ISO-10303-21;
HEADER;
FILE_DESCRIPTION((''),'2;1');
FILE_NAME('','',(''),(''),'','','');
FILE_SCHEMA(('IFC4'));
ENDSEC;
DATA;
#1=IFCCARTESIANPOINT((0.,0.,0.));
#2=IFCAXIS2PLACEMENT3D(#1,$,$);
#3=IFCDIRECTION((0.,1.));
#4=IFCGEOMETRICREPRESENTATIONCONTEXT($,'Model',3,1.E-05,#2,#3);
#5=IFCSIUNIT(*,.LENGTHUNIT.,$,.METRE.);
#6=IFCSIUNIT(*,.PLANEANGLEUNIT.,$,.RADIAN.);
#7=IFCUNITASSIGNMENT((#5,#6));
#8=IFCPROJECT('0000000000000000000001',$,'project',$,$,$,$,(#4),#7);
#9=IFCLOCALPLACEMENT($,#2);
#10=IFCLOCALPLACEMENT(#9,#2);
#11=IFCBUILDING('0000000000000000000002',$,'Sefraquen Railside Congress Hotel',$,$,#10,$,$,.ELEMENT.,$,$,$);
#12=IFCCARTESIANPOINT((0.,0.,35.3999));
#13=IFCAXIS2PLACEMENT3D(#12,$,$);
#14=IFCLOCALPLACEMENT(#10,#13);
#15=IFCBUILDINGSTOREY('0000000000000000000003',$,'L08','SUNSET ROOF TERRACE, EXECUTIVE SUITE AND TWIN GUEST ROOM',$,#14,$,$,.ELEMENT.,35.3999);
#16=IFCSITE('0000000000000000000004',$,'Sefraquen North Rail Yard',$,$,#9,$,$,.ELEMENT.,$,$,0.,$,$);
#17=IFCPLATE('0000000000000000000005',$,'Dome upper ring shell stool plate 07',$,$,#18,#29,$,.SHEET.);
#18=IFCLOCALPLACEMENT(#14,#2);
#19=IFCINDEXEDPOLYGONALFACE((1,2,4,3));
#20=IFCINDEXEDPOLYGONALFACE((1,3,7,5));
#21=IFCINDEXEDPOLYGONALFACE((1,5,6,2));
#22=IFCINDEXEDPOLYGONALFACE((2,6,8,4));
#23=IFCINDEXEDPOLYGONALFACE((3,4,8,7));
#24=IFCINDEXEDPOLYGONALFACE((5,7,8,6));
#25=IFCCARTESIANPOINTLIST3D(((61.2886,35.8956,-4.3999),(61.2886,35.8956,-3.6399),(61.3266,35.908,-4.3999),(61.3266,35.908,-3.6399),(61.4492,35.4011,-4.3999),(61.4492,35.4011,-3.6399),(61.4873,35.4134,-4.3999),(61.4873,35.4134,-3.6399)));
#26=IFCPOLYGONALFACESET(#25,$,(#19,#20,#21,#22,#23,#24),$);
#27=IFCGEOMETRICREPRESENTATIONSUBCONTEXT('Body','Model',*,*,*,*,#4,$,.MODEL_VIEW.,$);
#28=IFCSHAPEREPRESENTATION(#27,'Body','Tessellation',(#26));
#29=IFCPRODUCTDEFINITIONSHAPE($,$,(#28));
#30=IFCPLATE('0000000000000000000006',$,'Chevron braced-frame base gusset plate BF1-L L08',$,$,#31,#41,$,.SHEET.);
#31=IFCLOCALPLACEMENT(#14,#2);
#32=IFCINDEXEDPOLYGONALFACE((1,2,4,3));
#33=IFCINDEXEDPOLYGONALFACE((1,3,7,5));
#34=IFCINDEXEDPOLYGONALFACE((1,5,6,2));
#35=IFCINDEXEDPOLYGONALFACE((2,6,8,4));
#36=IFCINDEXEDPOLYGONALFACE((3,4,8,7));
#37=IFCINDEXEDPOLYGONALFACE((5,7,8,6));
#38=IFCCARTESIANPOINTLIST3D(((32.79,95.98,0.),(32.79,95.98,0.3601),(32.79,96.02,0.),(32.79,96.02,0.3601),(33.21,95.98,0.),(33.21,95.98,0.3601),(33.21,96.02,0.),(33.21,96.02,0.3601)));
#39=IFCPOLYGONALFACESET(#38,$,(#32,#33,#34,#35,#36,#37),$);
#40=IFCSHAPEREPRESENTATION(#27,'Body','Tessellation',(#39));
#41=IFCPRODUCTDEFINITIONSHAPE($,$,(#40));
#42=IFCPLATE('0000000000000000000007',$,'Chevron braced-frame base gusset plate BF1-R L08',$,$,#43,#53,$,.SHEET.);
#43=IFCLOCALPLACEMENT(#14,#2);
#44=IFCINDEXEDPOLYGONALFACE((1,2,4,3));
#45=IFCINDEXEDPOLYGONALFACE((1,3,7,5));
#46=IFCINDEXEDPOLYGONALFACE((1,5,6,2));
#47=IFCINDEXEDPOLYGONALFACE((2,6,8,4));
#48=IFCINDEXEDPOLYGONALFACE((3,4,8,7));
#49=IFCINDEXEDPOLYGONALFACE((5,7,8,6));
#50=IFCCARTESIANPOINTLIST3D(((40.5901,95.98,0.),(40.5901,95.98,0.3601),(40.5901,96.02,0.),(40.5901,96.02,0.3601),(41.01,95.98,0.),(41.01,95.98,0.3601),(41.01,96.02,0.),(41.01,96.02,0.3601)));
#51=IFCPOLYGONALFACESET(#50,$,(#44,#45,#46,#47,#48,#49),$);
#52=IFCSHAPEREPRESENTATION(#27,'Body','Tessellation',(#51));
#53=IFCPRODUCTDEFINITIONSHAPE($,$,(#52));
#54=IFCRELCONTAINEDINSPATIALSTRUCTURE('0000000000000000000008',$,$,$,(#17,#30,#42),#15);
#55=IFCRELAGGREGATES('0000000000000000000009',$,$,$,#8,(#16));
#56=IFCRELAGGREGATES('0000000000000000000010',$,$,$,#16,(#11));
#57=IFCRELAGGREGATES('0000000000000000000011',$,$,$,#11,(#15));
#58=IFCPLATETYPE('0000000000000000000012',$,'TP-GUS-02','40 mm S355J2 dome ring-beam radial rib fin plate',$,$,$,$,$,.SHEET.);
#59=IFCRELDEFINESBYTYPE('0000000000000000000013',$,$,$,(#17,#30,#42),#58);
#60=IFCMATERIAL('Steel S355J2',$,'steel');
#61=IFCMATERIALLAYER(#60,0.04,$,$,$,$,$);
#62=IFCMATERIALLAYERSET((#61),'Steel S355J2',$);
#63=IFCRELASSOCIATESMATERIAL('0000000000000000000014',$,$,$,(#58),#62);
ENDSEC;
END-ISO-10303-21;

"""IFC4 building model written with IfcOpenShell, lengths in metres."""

from ifc_helpers import new_model, si_unit, direction, frame, origin, origin_2d, place, context, subcontext, project, spatial, rectangle, extrude, material, layer, layer_set, type_object, element, save


model = new_model("IFC4")

# Units and contexts
model_context = context("Model", 3, precision=1e-05, world=origin(), true_north=direction((0.0, 1.0)))
body_context = subcontext(model_context, "Body", "Model", "MODEL_VIEW")
ifc_project = project(units=[si_unit("LENGTHUNIT", "METRE"), si_unit("PLANEANGLEUNIT", "RADIAN")], contexts=[model_context])

# Site, building, storey
site_placement = place(None, origin())
site = spatial("IfcSite", under=ifc_project, at=site_placement, Name="Sefraquen North Rail Yard", CompositionType="ELEMENT", RefElevation=0.0)
building_placement = place(site_placement, origin())
building = spatial("IfcBuilding", under=site, at=building_placement, Name="Sefraquen Railside Congress Hotel", CompositionType="ELEMENT")
storey_placement = place(building_placement, frame((0.0, 0.0, 35.3999)))
storey = spatial("IfcBuildingStorey", under=building, at=storey_placement, Name="L08", Description="SUNSET ROOF TERRACE, EXECUTIVE SUITE AND TWIN GUEST ROOM", CompositionType="ELEMENT", Elevation=35.3999)

# Shared definitions
ifc_material_1 = material(Name="Steel S355J2", Category="steel")

# Plates
ifc_layer_1 = layer(ifc_material_1, 0.04)
ifc_layer_set_1 = layer_set([ifc_layer_1], Name="Steel S355J2")
plate_type_1 = type_object("IfcPlateType", Name="TP-GUS-02", Description="40 mm S355J2 dome ring-beam radial rib fin plate", PredefinedType="SHEET", material=ifc_layer_set_1)
for number, where, z_axis, x_axis, name in (
    (1, (61.3879, 35.6545, -4.3999), (0.0, 0.0, 1.0), (-0.309017, 0.951057, 0.0), "Dome upper ring shell stool plate 07"),
):
    element("IfcPlate", number, at=place(storey_placement, frame(where, z_axis=z_axis, x_axis=x_axis)), inside=storey, type_object=plate_type_1, Name=name, PredefinedType="SHEET", context=body_context, shape_type="SweptSolid", body=[
        extrude(rectangle(XDim=0.52, YDim=0.04, at=origin_2d()), origin(), (0.0, 0.0, 1.0), 0.76),
    ])
for number, where, z_axis, x_axis, name in (
    (2, (33.0, 96.0, 0.0), (0.0, 0.0, 1.0), (1.0, 0.0, 0.0), "Chevron braced-frame base gusset plate BF1-L L08"),
    (3, (40.8, 96.0, 0.0), (0.0, 0.0, 1.0), (1.0, 0.0, 0.0), "Chevron braced-frame base gusset plate BF1-R L08"),
):
    element("IfcPlate", number, at=place(storey_placement, frame(where, z_axis=z_axis, x_axis=x_axis)), inside=storey, type_object=plate_type_1, Name=name, PredefinedType="SHEET", context=body_context, shape_type="SweptSolid", body=[
        extrude(rectangle(XDim=0.4199, YDim=0.04, at=origin_2d()), origin(), (0.0, 0.0, 1.0), 0.3601),
    ])

save(model, "model.ifc")
